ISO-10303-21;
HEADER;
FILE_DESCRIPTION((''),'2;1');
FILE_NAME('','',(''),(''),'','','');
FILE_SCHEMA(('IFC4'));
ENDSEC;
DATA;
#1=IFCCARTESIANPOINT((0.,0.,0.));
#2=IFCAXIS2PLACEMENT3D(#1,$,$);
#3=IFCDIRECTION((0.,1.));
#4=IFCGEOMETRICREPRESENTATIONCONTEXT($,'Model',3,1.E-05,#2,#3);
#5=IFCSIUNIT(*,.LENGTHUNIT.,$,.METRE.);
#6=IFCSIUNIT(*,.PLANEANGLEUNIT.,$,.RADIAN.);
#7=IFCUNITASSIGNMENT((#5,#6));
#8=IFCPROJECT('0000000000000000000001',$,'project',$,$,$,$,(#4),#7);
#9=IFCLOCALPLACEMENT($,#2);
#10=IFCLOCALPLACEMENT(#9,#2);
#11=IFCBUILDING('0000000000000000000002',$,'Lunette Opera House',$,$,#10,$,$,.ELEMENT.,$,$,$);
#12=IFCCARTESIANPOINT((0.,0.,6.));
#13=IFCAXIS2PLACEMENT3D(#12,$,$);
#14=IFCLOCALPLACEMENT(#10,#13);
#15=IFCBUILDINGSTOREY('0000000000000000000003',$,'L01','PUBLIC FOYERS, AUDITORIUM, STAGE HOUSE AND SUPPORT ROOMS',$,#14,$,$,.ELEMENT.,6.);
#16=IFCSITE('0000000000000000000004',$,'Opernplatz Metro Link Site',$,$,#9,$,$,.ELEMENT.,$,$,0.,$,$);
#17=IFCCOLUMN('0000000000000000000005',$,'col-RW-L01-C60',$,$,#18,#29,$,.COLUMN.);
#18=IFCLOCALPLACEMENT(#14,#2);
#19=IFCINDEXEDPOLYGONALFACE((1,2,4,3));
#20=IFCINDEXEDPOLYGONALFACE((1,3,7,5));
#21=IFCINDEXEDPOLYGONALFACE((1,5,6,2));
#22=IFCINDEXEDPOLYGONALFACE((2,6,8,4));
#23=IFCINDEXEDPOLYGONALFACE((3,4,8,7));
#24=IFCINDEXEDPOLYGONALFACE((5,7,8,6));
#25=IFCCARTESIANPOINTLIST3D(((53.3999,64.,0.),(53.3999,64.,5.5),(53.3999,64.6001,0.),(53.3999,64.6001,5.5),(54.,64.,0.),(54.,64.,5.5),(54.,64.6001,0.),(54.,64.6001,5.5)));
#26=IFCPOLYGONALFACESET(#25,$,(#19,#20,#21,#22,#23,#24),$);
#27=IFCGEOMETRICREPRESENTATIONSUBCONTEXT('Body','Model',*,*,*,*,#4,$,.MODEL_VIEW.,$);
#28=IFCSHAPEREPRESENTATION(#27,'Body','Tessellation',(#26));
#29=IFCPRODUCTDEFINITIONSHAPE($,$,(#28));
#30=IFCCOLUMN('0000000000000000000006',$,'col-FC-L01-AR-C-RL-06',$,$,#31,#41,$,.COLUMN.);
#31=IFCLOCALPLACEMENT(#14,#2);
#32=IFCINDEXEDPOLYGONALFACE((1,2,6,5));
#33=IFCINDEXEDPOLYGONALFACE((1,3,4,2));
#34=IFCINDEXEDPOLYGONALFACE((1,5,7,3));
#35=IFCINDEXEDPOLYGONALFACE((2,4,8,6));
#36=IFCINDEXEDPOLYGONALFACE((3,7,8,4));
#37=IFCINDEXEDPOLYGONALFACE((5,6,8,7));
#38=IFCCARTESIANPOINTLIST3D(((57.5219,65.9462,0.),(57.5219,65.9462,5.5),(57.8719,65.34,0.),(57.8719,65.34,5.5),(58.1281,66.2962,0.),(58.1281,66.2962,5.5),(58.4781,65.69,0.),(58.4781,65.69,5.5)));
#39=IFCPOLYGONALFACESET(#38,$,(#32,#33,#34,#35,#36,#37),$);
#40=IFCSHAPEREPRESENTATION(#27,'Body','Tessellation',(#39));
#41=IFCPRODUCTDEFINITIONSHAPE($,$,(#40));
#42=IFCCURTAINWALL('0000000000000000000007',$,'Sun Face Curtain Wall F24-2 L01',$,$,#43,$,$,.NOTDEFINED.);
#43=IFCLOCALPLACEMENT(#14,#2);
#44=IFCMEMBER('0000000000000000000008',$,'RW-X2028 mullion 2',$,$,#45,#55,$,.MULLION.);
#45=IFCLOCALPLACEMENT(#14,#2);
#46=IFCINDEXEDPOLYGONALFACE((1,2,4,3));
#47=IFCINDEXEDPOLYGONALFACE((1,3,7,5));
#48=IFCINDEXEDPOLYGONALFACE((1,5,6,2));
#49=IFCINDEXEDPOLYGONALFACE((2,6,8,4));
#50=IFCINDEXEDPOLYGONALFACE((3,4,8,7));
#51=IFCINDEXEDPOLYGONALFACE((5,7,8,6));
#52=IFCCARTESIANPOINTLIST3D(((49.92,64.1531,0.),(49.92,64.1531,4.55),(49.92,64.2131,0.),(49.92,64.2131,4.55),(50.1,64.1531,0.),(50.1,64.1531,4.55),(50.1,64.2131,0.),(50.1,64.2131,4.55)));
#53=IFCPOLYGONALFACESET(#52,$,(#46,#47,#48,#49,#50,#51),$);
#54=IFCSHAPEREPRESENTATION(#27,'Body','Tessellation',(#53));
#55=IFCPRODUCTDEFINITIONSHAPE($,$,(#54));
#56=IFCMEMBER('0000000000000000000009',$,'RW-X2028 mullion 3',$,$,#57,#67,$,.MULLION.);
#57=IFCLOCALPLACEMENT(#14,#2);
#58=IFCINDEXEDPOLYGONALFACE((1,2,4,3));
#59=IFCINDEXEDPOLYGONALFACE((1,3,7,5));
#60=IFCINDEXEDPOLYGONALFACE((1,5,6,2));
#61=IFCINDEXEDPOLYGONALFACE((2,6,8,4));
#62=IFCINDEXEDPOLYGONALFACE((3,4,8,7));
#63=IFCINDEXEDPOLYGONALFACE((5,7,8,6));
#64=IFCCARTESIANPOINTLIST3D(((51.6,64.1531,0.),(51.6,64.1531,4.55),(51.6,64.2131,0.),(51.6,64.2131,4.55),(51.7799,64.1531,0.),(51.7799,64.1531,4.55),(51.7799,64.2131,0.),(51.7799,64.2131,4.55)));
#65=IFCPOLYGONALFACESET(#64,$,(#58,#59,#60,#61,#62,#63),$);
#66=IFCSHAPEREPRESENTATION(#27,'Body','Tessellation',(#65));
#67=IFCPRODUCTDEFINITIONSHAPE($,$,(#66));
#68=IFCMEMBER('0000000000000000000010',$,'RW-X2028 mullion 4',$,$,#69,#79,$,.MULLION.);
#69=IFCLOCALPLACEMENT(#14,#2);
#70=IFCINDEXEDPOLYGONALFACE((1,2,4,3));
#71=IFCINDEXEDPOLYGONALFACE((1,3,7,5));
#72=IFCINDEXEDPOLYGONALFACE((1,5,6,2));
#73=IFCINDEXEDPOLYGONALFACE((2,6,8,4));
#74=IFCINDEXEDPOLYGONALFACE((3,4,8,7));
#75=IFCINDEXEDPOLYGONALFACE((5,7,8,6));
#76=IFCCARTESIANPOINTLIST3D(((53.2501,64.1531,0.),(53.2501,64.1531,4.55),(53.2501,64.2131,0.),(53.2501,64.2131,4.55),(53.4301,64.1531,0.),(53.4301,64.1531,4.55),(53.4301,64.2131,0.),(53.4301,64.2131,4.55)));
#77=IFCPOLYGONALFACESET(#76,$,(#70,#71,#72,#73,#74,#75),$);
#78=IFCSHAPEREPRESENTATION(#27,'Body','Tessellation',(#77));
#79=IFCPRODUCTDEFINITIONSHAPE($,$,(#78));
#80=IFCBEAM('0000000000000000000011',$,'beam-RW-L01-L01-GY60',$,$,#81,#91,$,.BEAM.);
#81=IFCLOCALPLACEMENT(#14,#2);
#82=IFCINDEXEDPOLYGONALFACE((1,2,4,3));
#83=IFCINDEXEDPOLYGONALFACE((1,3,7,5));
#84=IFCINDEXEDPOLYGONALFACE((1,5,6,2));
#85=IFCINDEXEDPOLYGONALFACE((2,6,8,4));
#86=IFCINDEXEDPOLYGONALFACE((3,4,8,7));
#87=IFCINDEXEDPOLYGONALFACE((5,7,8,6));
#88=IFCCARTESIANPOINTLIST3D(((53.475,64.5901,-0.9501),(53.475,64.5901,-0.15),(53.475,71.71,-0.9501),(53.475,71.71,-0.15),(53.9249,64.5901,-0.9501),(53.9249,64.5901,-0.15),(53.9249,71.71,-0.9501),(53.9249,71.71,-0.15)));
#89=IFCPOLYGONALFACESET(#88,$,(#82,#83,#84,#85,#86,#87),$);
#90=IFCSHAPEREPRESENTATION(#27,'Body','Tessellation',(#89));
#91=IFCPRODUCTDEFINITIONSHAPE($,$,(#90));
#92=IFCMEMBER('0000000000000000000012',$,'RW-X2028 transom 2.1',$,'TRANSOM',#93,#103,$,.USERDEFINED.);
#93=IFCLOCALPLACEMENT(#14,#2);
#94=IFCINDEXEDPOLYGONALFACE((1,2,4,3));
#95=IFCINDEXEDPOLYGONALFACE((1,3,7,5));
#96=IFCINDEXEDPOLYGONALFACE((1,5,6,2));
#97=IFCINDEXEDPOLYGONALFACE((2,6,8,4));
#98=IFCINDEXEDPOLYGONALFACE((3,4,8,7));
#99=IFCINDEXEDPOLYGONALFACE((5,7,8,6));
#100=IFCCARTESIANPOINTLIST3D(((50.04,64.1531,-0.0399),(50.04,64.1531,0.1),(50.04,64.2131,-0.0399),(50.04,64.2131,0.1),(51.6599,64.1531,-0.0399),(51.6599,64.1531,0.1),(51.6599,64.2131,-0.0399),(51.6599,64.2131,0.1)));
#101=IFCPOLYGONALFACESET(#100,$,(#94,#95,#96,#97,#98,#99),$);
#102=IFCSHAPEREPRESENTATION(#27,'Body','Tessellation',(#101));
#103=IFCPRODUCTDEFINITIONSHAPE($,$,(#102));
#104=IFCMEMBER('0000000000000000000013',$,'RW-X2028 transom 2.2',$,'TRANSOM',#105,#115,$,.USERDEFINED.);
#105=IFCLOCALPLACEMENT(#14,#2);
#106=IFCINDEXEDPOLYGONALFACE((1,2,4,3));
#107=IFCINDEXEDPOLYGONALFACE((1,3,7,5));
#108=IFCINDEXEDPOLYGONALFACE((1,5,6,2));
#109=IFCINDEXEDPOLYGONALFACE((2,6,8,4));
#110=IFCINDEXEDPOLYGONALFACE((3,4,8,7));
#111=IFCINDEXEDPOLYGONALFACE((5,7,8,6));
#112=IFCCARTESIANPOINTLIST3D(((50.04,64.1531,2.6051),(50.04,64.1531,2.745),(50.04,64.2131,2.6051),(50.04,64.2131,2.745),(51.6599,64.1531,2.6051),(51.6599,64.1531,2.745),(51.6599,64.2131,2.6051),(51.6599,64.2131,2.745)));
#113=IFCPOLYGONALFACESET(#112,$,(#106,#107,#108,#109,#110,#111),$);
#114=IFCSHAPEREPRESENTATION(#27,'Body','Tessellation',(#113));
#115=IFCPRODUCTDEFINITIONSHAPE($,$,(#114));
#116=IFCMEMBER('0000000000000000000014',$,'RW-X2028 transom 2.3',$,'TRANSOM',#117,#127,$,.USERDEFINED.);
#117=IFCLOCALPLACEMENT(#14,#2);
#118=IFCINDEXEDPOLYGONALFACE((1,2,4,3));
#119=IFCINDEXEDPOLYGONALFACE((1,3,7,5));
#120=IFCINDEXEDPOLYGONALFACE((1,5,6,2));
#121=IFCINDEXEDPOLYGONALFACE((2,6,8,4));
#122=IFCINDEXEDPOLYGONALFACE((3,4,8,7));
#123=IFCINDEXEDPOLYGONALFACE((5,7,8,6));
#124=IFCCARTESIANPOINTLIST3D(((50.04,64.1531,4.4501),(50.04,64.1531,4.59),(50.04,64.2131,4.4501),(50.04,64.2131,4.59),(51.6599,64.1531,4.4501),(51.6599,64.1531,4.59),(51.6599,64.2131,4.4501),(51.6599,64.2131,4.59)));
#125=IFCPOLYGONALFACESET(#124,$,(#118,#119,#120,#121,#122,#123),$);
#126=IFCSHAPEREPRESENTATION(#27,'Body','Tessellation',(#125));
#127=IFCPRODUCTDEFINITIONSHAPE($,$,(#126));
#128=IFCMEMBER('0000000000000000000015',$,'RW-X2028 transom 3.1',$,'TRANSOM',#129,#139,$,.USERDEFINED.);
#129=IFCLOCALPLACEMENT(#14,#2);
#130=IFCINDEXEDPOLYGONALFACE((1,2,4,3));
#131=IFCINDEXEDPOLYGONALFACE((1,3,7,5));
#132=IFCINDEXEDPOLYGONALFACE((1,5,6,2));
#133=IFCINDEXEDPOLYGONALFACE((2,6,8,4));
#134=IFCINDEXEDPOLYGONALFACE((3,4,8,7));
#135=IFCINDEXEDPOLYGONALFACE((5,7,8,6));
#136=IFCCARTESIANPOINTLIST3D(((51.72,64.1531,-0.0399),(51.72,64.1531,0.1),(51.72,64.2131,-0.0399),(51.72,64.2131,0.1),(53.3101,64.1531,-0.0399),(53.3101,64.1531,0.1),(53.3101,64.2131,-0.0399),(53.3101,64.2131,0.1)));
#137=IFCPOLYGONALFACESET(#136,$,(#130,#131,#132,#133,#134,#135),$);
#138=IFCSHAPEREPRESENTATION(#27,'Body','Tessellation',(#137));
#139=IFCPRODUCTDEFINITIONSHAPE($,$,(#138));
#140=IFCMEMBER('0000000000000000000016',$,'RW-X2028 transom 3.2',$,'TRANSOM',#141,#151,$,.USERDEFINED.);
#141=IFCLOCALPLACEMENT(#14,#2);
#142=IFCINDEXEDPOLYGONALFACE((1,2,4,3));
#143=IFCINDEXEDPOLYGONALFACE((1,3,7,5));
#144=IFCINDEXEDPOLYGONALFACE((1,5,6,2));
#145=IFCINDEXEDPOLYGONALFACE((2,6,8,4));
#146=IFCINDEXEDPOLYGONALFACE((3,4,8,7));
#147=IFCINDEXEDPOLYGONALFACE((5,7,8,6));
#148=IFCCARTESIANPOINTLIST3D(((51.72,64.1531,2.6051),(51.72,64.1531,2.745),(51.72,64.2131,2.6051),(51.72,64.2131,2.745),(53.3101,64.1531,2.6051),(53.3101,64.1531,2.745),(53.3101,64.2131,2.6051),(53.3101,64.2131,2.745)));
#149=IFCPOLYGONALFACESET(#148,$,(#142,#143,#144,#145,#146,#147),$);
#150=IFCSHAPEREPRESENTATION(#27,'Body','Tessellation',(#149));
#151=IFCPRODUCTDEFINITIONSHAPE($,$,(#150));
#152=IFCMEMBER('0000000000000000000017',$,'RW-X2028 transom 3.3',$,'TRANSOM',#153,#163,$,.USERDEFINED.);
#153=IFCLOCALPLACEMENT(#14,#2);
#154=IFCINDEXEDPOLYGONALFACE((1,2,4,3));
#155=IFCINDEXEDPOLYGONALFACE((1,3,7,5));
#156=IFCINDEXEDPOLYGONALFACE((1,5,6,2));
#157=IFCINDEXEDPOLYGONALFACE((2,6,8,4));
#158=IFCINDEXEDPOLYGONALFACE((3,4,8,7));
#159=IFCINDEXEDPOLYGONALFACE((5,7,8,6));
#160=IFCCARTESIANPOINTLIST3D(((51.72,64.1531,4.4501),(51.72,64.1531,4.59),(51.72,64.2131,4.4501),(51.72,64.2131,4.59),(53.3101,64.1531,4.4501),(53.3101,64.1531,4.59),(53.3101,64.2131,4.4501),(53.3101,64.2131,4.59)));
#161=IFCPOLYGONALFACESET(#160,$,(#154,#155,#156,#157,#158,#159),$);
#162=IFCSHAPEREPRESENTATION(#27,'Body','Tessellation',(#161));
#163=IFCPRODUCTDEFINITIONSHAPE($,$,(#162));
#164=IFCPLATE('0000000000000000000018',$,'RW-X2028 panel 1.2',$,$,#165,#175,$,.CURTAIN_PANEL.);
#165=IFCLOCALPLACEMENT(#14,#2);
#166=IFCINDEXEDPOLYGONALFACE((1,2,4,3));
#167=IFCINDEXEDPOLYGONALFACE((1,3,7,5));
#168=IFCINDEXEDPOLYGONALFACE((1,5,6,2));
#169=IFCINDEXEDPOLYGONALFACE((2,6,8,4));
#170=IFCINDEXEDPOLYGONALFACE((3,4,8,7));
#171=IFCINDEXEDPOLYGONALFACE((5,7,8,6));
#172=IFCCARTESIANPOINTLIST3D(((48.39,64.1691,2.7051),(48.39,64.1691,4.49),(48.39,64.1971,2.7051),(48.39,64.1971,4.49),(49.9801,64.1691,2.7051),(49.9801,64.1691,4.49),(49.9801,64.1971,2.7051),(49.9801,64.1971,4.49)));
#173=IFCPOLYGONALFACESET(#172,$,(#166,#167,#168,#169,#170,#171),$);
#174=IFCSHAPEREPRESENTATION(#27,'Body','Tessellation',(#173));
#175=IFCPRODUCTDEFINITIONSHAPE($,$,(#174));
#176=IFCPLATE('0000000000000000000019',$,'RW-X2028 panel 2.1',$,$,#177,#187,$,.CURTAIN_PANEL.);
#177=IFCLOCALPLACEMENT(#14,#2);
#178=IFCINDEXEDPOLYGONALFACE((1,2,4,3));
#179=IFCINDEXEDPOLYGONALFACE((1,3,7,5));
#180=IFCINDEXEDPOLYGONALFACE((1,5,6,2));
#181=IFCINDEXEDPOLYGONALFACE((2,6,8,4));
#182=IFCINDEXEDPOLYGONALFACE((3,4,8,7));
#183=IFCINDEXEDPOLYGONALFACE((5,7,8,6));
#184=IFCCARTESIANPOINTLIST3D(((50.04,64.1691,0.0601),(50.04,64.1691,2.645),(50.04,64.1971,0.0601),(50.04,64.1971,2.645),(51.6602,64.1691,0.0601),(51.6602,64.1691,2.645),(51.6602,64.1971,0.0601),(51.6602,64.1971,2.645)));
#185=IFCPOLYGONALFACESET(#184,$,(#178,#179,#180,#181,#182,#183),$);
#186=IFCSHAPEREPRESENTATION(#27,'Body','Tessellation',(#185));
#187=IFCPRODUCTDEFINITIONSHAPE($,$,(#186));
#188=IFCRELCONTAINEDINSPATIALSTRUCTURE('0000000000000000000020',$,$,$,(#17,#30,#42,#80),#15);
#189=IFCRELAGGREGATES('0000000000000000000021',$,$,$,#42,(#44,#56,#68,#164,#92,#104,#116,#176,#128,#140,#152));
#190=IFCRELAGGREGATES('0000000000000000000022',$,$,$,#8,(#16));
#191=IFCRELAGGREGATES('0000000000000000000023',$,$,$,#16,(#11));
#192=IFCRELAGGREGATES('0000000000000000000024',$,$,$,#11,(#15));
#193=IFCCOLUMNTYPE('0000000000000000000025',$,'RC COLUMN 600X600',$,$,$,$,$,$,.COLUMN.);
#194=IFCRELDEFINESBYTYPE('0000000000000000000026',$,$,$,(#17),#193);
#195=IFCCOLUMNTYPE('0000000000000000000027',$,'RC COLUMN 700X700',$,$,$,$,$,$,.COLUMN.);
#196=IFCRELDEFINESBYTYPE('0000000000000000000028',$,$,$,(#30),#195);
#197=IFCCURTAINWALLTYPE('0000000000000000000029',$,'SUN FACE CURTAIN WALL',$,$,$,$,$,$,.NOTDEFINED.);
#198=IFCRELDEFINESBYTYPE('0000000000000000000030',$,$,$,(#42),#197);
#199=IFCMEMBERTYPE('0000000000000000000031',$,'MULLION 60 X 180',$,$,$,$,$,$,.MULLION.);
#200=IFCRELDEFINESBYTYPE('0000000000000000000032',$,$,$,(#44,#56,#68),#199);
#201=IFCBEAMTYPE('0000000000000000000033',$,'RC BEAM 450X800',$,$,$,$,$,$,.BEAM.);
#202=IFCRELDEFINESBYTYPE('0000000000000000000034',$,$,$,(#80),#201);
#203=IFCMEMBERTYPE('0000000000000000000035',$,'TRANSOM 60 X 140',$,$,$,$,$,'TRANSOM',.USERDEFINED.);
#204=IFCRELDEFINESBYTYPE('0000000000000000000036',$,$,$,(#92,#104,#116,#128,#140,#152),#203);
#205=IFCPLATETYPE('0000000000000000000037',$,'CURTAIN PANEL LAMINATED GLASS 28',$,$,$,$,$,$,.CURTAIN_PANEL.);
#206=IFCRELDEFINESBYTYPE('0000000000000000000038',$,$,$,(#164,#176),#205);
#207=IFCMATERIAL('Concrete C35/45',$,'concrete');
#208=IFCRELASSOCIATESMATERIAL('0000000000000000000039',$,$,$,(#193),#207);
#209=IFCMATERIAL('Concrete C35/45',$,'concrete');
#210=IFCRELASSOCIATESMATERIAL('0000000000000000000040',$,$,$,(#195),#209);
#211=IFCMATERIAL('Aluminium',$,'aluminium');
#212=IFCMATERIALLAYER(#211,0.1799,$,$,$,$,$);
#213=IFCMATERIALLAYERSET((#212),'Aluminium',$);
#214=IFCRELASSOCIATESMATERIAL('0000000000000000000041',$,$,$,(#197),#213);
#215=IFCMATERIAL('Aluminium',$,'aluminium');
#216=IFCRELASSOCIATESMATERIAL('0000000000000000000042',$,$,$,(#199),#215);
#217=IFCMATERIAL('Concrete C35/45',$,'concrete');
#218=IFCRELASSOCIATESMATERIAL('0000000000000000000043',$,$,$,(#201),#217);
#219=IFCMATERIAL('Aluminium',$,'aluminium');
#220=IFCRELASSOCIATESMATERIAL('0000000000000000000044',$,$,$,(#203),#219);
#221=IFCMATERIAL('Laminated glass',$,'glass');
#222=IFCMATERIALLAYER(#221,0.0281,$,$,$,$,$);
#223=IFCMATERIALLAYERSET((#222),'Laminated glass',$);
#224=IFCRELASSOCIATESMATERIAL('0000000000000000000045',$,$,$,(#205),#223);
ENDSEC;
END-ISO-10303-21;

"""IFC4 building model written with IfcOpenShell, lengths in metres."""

from ifc_helpers import new_model, si_unit, direction, frame, origin, origin_2d, place, context, subcontext, project, spatial, rectangle, extrude, material, layer, layer_set, material_profile, profile_set, type_object, element, aggregate, save


model = new_model("IFC4")

# Units and contexts
model_context = context("Model", 3, precision=1e-05, world=origin(), true_north=direction((0.0, 1.0)))
body_context = subcontext(model_context, "Body", "Model", "MODEL_VIEW")
ifc_project = project(units=[si_unit("LENGTHUNIT", "METRE"), si_unit("PLANEANGLEUNIT", "RADIAN")], contexts=[model_context])

# Site, building, storey
site_placement = place(None, origin())
site = spatial("IfcSite", under=ifc_project, at=site_placement, Name="Opernplatz Metro Link Site", CompositionType="ELEMENT", RefElevation=0.0)
building_placement = place(site_placement, origin())
building = spatial("IfcBuilding", under=site, at=building_placement, Name="Lunette Opera House", CompositionType="ELEMENT")
storey_placement = place(building_placement, frame((0.0, 0.0, 6.0)))
storey = spatial("IfcBuildingStorey", under=building, at=storey_placement, Name="L01", Description="PUBLIC FOYERS, AUDITORIUM, STAGE HOUSE AND SUPPORT ROOMS", CompositionType="ELEMENT", Elevation=6.0)

# Columns
ifc_material_1 = material(Name="Concrete C35/45", Category="concrete")
ifc_material_profile_1 = material_profile(ifc_material_1, rectangle(XDim=0.6001, YDim=0.6001, at=origin_2d()), Name="RC COLUMN 600X600")
ifc_profile_set_1 = profile_set([ifc_material_profile_1], Name="Concrete C35/45")
column_type_1 = type_object("IfcColumnType", Name="RC COLUMN 600X600", PredefinedType="COLUMN", material=ifc_profile_set_1)
column_1_placement = place(storey_placement, frame((53.7, 64.3, 0.0), z_axis=(0.0, 0.0, 1.0), x_axis=(1.0, 0.0, 0.0)))
element("IfcColumn", 1, at=column_1_placement, inside=storey, type_object=column_type_1, Name="col-RW-L01-C60", PredefinedType="COLUMN", context=body_context, shape_type="SweptSolid", body=[
    extrude(rectangle(XDim=0.6001, YDim=0.6001, at=origin_2d()), origin(), (0.0, 0.0, 1.0), 5.5),
])
ifc_material_2 = material(Name="Concrete C35/45", Category="concrete")
ifc_material_profile_2 = material_profile(ifc_material_2, rectangle(XDim=0.7, YDim=0.7, at=origin_2d()), Name="RC COLUMN 700X700")
ifc_profile_set_2 = profile_set([ifc_material_profile_2], Name="Concrete C35/45")
column_type_2 = type_object("IfcColumnType", Name="RC COLUMN 700X700", PredefinedType="COLUMN", material=ifc_profile_set_2)
column_2_placement = place(storey_placement, frame((58.0, 65.8181, 0.0), z_axis=(0.0, 0.0, 1.0), x_axis=(0.866025, 0.5, 0.0)))
element("IfcColumn", 2, at=column_2_placement, inside=storey, type_object=column_type_2, Name="col-FC-L01-AR-C-RL-06", PredefinedType="COLUMN", context=body_context, shape_type="SweptSolid", body=[
    extrude(rectangle(XDim=0.7, YDim=0.7, at=origin_2d()), origin(), (0.0, 0.0, 1.0), 5.5),
])

# Curtain wall, members
ifc_material_3 = material(Name="Aluminium", Category="aluminium")
ifc_layer_1 = layer(ifc_material_3, 0.1799)
ifc_layer_set_1 = layer_set([ifc_layer_1], Name="Aluminium")
curtain_wall_type = type_object("IfcCurtainWallType", Name="SUN FACE CURTAIN WALL", PredefinedType="NOTDEFINED", material=ifc_layer_set_1)
curtain_wall_placement = place(storey_placement, origin())
curtain_wall = element("IfcCurtainWall", 3, at=curtain_wall_placement, inside=storey, type_object=curtain_wall_type, Name="Sun Face Curtain Wall F24-2 L01", PredefinedType="NOTDEFINED")
ifc_material_4 = material(Name="Aluminium", Category="aluminium")
ifc_material_profile_3 = material_profile(ifc_material_4, rectangle(XDim=0.0601, YDim=0.1799, at=origin_2d()), Name="MULLION 60 X 180")
ifc_profile_set_3 = profile_set([ifc_material_profile_3], Name="Aluminium")
member_type_1 = type_object("IfcMemberType", Name="MULLION 60 X 180", PredefinedType="MULLION", material=ifc_profile_set_3)
member_1_placement = place(storey_placement, frame((50.01, 64.1831, 0.0), z_axis=(0.0, 0.0, 1.0), x_axis=(0.0, 1.0, 0.0)))
member_1 = element("IfcMember", 4, at=member_1_placement, type_object=member_type_1, Name="RW-X2028 mullion 2", PredefinedType="MULLION", context=body_context, shape_type="SweptSolid", body=[
    extrude(rectangle(XDim=0.0601, YDim=0.1799, at=origin_2d()), origin(), (0.0, 0.0, 1.0), 4.55),
])
member_2_placement = place(storey_placement, frame((51.6899, 64.1831, 0.0), z_axis=(0.0, 0.0, 1.0), x_axis=(0.0, 1.0, 0.0)))
member_2 = element("IfcMember", 5, at=member_2_placement, type_object=member_type_1, Name="RW-X2028 mullion 3", PredefinedType="MULLION", context=body_context, shape_type="SweptSolid", body=[
    extrude(rectangle(XDim=0.0601, YDim=0.1799, at=origin_2d()), origin(), (0.0, 0.0, 1.0), 4.55),
])
member_3_placement = place(storey_placement, frame((53.3401, 64.1831, 0.0), z_axis=(0.0, 0.0, 1.0), x_axis=(0.0, 1.0, 0.0)))
member_3 = element("IfcMember", 6, at=member_3_placement, type_object=member_type_1, Name="RW-X2028 mullion 4", PredefinedType="MULLION", context=body_context, shape_type="SweptSolid", body=[
    extrude(rectangle(XDim=0.0601, YDim=0.1799, at=origin_2d()), origin(), (0.0, 0.0, 1.0), 4.55),
])

# Beam
ifc_material_5 = material(Name="Concrete C35/45", Category="concrete")
ifc_material_profile_4 = material_profile(ifc_material_5, rectangle(XDim=0.45, YDim=0.8, at=origin_2d()), Name="RC BEAM 450X800")
ifc_profile_set_4 = profile_set([ifc_material_profile_4], Name="Concrete C35/45")
beam_type = type_object("IfcBeamType", Name="RC BEAM 450X800", PredefinedType="BEAM", material=ifc_profile_set_4)
beam_placement = place(storey_placement, frame((53.7, 64.5901, -0.55), z_axis=(0.0, 1.0, 0.0), x_axis=(-1.0, 0.0, 0.0)))
element("IfcBeam", 7, at=beam_placement, inside=storey, type_object=beam_type, Name="beam-RW-L01-L01-GY60", PredefinedType="BEAM", context=body_context, shape_type="SweptSolid", body=[
    extrude(rectangle(XDim=0.45, YDim=0.8, at=origin_2d()), origin(), (0.0, 0.0, 1.0), 7.1199),
])

# Members
ifc_material_6 = material(Name="Aluminium", Category="aluminium")
ifc_material_profile_5 = material_profile(ifc_material_6, rectangle(XDim=0.0601, YDim=0.1399, at=origin_2d()), Name="TRANSOM 60 X 140")
ifc_profile_set_5 = profile_set([ifc_material_profile_5], Name="Aluminium")
member_type_2 = type_object("IfcMemberType", Name="TRANSOM 60 X 140", ElementType="TRANSOM", PredefinedType="USERDEFINED", material=ifc_profile_set_5)
member_4_placement = place(storey_placement, frame((50.04, 64.1831, 0.03), z_axis=(1.0, 0.0, 0.0), x_axis=(0.0, 1.0, 0.0)))
member_4 = element("IfcMember", 8, at=member_4_placement, type_object=member_type_2, Name="RW-X2028 transom 2.1", ObjectType="TRANSOM", PredefinedType="USERDEFINED", context=body_context, shape_type="SweptSolid", body=[
    extrude(rectangle(XDim=0.0601, YDim=0.1399, at=origin_2d()), origin(), (0.0, 0.0, 1.0), 1.6199),
])
member_5_placement = place(storey_placement, frame((50.04, 64.1831, 2.675), z_axis=(1.0, 0.0, 0.0), x_axis=(0.0, 1.0, 0.0)))
member_5 = element("IfcMember", 9, at=member_5_placement, type_object=member_type_2, Name="RW-X2028 transom 2.2", ObjectType="TRANSOM", PredefinedType="USERDEFINED", context=body_context, shape_type="SweptSolid", body=[
    extrude(rectangle(XDim=0.0601, YDim=0.1399, at=origin_2d()), origin(), (0.0, 0.0, 1.0), 1.6199),
])
member_6_placement = place(storey_placement, frame((50.04, 64.1831, 4.52), z_axis=(1.0, 0.0, 0.0), x_axis=(0.0, 1.0, 0.0)))
member_6 = element("IfcMember", 10, at=member_6_placement, type_object=member_type_2, Name="RW-X2028 transom 2.3", ObjectType="TRANSOM", PredefinedType="USERDEFINED", context=body_context, shape_type="SweptSolid", body=[
    extrude(rectangle(XDim=0.0601, YDim=0.1399, at=origin_2d()), origin(), (0.0, 0.0, 1.0), 1.6199),
])
member_7_placement = place(storey_placement, frame((51.72, 64.1831, 0.03), z_axis=(1.0, 0.0, 0.0), x_axis=(0.0, 1.0, 0.0)))
member_7 = element("IfcMember", 11, at=member_7_placement, type_object=member_type_2, Name="RW-X2028 transom 3.1", ObjectType="TRANSOM", PredefinedType="USERDEFINED", context=body_context, shape_type="SweptSolid", body=[
    extrude(rectangle(XDim=0.0601, YDim=0.1399, at=origin_2d()), origin(), (0.0, 0.0, 1.0), 1.5901),
])
member_8_placement = place(storey_placement, frame((51.72, 64.1831, 2.675), z_axis=(1.0, 0.0, 0.0), x_axis=(0.0, 1.0, 0.0)))
member_8 = element("IfcMember", 12, at=member_8_placement, type_object=member_type_2, Name="RW-X2028 transom 3.2", ObjectType="TRANSOM", PredefinedType="USERDEFINED", context=body_context, shape_type="SweptSolid", body=[
    extrude(rectangle(XDim=0.0601, YDim=0.1399, at=origin_2d()), origin(), (0.0, 0.0, 1.0), 1.5901),
])
member_9_placement = place(storey_placement, frame((51.72, 64.1831, 4.52), z_axis=(1.0, 0.0, 0.0), x_axis=(0.0, 1.0, 0.0)))
member_9 = element("IfcMember", 13, at=member_9_placement, type_object=member_type_2, Name="RW-X2028 transom 3.3", ObjectType="TRANSOM", PredefinedType="USERDEFINED", context=body_context, shape_type="SweptSolid", body=[
    extrude(rectangle(XDim=0.0601, YDim=0.1399, at=origin_2d()), origin(), (0.0, 0.0, 1.0), 1.5901),
])

# Plates
ifc_material_7 = material(Name="Laminated glass", Category="glass")
ifc_layer_2 = layer(ifc_material_7, 0.0281)
ifc_layer_set_2 = layer_set([ifc_layer_2], Name="Laminated glass")
plate_type = type_object("IfcPlateType", Name="CURTAIN PANEL LAMINATED GLASS 28", PredefinedType="CURTAIN_PANEL", material=ifc_layer_set_2)
plate_1_placement = place(storey_placement, frame((49.1851, 64.1831, 2.7051), z_axis=(0.0, 0.0, 1.0), x_axis=(1.0, 0.0, 0.0)))
plate_1 = element("IfcPlate", 14, at=plate_1_placement, type_object=plate_type, Name="RW-X2028 panel 1.2", PredefinedType="CURTAIN_PANEL", context=body_context, shape_type="SweptSolid", body=[
    extrude(rectangle(XDim=1.5901, YDim=0.0281, at=origin_2d()), origin(), (0.0, 0.0, 1.0), 1.7849),
])
plate_2_placement = place(storey_placement, frame((50.8501, 64.1831, 0.0601), z_axis=(0.0, 0.0, 1.0), x_axis=(1.0, 0.0, 0.0)))
plate_2 = element("IfcPlate", 15, at=plate_2_placement, type_object=plate_type, Name="RW-X2028 panel 2.1", PredefinedType="CURTAIN_PANEL", context=body_context, shape_type="SweptSolid", body=[
    extrude(rectangle(XDim=1.6201, YDim=0.0281, at=origin_2d()), origin(), (0.0, 0.0, 1.0), 2.585),
])
aggregate(curtain_wall, [member_1, member_2, member_3, plate_1, member_4, member_5, member_6, plate_2, member_7, member_8, member_9])

save(model, "model.ifc")
